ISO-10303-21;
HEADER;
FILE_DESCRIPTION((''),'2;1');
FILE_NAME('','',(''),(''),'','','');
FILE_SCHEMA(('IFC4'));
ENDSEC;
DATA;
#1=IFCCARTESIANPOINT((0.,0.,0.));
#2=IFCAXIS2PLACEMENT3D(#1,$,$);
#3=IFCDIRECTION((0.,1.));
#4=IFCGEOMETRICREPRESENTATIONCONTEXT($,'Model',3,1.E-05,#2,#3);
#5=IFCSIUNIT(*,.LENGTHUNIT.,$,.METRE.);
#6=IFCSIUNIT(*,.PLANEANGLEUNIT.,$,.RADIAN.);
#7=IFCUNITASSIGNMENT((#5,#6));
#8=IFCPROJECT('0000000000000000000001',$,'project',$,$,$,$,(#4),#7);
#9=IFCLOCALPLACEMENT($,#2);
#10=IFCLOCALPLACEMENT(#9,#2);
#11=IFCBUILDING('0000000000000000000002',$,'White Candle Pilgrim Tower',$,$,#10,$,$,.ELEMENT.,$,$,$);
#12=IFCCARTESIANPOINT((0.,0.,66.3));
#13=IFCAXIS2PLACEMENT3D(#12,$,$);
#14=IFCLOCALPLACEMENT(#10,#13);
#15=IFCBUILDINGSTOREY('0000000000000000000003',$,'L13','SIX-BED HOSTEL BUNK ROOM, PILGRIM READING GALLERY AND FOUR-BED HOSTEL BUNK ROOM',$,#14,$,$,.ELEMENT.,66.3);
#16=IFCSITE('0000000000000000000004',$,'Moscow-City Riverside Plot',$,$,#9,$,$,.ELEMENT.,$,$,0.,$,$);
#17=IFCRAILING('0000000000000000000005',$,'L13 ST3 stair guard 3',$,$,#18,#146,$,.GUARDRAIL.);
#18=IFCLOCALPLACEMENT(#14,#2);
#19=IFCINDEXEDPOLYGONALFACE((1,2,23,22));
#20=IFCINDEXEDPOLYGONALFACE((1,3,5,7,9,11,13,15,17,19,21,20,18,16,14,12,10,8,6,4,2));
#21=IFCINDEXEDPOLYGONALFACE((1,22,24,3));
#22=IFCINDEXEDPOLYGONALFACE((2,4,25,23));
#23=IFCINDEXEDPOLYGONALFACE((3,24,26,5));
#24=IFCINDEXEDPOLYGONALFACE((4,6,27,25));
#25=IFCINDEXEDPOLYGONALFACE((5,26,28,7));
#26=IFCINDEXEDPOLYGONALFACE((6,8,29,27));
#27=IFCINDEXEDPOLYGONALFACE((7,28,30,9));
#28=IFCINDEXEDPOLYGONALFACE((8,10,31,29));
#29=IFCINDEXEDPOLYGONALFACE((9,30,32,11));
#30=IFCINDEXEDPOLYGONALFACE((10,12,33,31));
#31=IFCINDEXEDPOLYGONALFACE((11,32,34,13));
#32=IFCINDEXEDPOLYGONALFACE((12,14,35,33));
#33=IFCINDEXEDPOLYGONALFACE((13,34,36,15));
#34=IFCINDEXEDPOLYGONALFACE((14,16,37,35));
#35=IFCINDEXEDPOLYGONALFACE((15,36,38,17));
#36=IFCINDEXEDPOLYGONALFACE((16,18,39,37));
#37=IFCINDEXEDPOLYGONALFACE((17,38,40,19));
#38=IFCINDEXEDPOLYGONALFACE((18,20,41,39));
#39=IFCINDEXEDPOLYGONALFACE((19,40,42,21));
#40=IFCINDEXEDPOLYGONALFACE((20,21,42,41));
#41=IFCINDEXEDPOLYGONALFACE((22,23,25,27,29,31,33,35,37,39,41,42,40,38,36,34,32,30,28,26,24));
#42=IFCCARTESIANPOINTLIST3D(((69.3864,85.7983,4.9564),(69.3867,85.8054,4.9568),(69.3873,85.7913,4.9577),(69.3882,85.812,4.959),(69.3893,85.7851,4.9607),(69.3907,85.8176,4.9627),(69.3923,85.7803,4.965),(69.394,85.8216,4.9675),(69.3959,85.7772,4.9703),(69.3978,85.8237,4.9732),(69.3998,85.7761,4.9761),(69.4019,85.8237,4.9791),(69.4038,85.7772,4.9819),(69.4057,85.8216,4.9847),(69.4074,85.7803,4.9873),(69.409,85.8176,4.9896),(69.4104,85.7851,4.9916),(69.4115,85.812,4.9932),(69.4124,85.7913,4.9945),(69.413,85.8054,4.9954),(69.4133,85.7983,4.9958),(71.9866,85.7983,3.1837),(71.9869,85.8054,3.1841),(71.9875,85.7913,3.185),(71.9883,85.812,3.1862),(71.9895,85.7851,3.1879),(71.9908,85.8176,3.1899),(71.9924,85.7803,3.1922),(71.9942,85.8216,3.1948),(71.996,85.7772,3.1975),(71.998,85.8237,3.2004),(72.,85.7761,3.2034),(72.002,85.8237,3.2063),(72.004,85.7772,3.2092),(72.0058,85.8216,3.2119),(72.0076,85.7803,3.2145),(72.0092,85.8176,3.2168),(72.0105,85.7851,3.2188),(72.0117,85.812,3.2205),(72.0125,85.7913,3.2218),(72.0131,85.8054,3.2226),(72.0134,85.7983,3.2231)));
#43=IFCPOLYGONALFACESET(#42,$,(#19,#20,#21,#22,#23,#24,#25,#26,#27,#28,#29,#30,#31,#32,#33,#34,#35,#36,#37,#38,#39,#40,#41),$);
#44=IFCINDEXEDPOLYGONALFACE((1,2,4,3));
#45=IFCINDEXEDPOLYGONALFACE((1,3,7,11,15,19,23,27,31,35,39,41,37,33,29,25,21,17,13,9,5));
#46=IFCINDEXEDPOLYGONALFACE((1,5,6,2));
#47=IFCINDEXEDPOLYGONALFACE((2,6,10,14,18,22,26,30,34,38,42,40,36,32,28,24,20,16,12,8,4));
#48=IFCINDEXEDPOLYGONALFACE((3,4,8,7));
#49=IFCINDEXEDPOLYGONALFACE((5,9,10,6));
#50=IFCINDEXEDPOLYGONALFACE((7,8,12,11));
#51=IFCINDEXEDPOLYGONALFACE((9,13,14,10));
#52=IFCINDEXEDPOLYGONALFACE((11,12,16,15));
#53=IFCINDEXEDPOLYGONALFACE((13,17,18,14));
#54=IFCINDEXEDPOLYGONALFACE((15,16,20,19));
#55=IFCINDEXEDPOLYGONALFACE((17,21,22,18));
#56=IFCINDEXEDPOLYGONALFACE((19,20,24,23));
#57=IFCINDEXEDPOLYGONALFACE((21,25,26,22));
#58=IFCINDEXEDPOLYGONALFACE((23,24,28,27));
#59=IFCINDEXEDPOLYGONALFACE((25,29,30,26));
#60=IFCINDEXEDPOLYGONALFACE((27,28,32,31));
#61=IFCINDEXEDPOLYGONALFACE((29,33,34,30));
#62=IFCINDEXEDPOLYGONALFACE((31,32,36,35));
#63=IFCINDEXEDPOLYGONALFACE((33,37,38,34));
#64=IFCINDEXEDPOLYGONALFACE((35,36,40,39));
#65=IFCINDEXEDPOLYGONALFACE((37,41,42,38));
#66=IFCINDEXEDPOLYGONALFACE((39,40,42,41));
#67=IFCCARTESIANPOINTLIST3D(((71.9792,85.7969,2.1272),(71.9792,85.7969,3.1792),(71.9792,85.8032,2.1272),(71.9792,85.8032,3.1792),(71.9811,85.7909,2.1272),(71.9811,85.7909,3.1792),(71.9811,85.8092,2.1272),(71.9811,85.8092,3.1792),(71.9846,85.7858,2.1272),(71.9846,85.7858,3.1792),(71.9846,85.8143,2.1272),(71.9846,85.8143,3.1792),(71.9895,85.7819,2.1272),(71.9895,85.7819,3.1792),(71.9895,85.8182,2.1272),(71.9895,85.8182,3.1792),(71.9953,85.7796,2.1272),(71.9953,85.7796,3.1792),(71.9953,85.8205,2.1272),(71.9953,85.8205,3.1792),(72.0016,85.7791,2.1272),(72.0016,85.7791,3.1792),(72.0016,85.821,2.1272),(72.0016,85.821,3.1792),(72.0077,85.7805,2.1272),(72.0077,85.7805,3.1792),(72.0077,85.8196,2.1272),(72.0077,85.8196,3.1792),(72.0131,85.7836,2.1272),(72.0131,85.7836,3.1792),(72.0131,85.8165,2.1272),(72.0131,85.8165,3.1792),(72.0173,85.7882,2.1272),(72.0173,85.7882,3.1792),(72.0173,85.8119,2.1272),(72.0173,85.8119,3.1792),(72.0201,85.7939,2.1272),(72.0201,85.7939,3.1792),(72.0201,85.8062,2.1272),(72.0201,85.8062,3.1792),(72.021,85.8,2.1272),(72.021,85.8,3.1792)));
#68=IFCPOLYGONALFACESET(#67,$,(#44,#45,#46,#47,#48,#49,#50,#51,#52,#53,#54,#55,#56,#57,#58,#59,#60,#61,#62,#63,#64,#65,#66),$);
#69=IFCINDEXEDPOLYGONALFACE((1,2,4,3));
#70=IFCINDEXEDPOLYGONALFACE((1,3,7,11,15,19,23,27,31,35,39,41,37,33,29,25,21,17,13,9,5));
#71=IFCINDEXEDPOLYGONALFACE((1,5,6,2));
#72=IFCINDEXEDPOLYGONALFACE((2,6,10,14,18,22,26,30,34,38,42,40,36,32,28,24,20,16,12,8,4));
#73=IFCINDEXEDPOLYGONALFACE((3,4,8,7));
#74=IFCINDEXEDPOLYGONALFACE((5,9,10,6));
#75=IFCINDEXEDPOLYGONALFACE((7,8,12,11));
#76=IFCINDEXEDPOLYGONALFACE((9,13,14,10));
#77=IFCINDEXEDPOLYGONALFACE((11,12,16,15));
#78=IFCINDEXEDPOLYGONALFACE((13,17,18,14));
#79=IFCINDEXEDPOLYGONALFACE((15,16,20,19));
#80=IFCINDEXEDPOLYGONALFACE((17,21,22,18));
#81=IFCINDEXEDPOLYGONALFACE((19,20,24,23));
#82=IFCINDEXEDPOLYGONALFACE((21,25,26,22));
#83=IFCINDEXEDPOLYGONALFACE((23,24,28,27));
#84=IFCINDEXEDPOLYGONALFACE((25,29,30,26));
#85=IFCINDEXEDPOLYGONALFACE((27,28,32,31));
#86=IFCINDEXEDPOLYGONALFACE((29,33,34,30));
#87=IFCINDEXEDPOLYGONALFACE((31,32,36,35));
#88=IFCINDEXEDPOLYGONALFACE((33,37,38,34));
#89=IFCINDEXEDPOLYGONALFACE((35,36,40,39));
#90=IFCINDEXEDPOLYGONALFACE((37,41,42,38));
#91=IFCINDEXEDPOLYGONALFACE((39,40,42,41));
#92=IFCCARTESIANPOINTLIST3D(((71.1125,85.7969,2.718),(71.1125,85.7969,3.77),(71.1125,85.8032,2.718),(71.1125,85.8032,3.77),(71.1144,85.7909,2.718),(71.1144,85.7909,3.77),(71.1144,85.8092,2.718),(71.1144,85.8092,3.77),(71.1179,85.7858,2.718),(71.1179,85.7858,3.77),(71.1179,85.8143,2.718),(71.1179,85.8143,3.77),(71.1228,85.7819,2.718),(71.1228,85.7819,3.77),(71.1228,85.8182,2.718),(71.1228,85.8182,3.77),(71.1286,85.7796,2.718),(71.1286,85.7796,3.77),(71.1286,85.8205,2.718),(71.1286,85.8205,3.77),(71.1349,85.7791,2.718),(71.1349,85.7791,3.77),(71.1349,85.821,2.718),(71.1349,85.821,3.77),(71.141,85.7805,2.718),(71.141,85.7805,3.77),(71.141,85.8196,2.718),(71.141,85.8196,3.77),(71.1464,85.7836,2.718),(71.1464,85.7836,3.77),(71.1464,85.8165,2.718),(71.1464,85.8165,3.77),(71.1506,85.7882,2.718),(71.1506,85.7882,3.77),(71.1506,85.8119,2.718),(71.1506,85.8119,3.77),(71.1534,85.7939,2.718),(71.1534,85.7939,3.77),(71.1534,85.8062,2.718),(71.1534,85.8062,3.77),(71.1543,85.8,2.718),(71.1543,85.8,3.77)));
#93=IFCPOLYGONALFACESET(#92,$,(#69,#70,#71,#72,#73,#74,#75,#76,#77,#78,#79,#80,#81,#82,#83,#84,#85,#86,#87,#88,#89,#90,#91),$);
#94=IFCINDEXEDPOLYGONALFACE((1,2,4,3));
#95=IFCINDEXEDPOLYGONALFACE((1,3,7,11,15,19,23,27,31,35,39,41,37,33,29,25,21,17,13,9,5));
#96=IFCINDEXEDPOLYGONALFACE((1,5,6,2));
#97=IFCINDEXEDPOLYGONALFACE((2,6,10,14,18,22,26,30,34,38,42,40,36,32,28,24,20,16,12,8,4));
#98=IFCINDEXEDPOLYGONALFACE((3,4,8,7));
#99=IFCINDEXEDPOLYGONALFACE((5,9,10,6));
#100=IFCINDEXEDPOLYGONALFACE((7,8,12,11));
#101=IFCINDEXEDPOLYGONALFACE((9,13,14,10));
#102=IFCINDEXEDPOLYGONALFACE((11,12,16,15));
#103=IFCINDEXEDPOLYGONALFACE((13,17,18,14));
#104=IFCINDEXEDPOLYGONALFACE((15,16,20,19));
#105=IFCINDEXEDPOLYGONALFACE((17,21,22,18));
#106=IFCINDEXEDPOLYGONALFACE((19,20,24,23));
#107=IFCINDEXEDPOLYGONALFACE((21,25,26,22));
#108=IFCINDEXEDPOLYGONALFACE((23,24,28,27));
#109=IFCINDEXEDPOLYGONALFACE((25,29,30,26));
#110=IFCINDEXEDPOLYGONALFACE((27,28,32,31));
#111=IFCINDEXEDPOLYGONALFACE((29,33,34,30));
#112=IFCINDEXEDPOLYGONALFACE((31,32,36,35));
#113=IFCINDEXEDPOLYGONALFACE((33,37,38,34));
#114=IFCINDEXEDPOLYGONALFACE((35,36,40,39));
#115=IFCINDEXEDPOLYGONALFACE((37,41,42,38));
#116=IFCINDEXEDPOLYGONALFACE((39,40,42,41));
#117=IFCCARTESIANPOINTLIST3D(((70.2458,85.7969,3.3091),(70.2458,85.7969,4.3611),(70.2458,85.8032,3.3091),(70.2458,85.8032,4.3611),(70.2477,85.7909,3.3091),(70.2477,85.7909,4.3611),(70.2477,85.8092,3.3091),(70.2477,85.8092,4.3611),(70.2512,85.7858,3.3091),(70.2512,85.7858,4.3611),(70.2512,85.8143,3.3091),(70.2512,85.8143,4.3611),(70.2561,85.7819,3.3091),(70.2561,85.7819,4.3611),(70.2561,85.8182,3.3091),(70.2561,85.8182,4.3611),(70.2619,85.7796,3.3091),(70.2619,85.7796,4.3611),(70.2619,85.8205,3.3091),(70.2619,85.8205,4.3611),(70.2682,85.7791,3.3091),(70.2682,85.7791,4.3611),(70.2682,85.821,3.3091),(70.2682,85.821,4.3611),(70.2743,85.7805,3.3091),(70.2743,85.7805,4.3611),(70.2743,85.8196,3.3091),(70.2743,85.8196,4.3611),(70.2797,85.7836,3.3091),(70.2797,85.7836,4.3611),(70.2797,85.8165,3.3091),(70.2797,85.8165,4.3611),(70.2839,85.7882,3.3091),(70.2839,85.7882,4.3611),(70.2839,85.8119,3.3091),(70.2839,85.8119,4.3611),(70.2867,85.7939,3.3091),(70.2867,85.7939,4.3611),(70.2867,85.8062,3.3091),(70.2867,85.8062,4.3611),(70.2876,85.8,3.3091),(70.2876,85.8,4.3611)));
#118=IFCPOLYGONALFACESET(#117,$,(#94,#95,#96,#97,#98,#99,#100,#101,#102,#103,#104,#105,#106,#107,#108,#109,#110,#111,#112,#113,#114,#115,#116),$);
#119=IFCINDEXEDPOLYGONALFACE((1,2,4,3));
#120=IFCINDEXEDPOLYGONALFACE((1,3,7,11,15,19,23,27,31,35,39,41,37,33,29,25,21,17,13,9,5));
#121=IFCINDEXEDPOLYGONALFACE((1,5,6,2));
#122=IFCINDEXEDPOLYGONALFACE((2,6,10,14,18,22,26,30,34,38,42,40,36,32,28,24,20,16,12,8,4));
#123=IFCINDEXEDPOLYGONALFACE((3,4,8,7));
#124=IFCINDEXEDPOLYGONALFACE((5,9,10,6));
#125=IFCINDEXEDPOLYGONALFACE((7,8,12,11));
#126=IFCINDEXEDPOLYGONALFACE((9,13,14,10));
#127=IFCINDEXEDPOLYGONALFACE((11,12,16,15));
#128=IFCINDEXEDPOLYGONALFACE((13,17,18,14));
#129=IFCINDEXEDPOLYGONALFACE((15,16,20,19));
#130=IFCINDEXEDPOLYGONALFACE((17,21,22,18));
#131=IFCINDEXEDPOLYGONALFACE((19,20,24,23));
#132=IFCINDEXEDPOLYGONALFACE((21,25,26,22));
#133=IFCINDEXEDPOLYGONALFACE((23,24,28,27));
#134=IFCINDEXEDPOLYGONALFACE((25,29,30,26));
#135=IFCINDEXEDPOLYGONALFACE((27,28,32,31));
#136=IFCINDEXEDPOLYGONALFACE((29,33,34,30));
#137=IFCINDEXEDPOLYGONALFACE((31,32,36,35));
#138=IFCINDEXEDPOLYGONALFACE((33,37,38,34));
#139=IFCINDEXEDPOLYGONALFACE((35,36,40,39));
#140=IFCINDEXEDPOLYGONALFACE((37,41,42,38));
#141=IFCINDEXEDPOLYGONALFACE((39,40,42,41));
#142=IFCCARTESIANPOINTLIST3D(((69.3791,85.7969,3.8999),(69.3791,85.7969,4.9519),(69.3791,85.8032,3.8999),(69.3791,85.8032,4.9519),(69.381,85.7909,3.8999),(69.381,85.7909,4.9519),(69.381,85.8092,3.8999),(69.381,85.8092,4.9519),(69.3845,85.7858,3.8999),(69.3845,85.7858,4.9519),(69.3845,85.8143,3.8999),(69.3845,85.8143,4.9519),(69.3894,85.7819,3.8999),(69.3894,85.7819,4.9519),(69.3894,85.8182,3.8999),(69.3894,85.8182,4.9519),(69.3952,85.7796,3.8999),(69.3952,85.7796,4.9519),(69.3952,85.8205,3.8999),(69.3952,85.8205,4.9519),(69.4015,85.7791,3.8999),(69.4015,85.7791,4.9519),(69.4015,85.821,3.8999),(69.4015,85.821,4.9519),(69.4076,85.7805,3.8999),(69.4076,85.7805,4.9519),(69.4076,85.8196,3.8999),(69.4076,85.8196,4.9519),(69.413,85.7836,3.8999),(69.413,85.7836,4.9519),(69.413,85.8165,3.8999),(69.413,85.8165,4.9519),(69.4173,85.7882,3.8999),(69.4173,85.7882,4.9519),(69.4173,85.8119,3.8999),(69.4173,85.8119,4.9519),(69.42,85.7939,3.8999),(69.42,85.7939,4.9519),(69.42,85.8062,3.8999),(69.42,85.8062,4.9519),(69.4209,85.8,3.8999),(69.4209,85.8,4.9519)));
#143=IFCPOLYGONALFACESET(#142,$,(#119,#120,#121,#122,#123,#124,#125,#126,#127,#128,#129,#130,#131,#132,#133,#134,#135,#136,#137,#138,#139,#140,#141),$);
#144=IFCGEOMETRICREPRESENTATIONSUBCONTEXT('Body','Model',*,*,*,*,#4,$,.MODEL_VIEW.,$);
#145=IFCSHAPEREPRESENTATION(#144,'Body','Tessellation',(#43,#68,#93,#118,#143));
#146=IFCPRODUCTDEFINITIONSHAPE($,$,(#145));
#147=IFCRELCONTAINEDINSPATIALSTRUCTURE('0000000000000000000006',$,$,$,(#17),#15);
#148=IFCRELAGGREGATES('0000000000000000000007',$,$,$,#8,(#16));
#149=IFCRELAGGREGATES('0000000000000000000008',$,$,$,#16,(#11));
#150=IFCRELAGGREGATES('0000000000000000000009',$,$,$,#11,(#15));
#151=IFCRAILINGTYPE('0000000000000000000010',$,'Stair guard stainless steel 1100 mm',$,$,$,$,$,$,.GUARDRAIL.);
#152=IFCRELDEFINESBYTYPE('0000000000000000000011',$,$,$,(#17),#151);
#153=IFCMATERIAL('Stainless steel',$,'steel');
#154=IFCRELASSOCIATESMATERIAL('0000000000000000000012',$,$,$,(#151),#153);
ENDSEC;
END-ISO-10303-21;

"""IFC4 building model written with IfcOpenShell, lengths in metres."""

from ifc_helpers import new_model, si_unit, direction, frame, origin, origin_2d, place, context, subcontext, project, spatial, circle, extrude, material, type_object, element, save


model = new_model("IFC4")

# Units and contexts
model_context = context("Model", 3, precision=1e-05, world=origin(), true_north=direction((0.0, 1.0)))
body_context = subcontext(model_context, "Body", "Model", "MODEL_VIEW")
ifc_project = project(units=[si_unit("LENGTHUNIT", "METRE"), si_unit("PLANEANGLEUNIT", "RADIAN")], contexts=[model_context])

# Site, building, storey
site_placement = place(None, origin())
site = spatial("IfcSite", under=ifc_project, at=site_placement, Name="Moscow-City Riverside Plot", CompositionType="ELEMENT", RefElevation=0.0)
building_placement = place(site_placement, origin())
building = spatial("IfcBuilding", under=site, at=building_placement, Name="White Candle Pilgrim Tower", CompositionType="ELEMENT")
storey_placement = place(building_placement, frame((0.0, 0.0, 66.3)))
storey = spatial("IfcBuildingStorey", under=building, at=storey_placement, Name="L13", Description="SIX-BED HOSTEL BUNK ROOM, PILGRIM READING GALLERY AND FOUR-BED HOSTEL BUNK ROOM", CompositionType="ELEMENT", Elevation=66.3)

# Railing
ifc_material_1 = material(Name="Stainless steel", Category="steel")
railing_type_1 = type_object("IfcRailingType", Name="Stair guard stainless steel 1100 mm", PredefinedType="GUARDRAIL", material=ifc_material_1)
railing_1_placement = place(storey_placement, frame((72.0, 85.8, 2.1272)))
element("IfcRailing", 1, at=railing_1_placement, inside=storey, type_object=railing_type_1, Name="L13 ST3 stair guard 3", PredefinedType="GUARDRAIL", context=body_context, shape_type="SweptSolid", body=[
    extrude(circle(Radius=0.0239, at=origin_2d()), frame((0.0, 0.0, 1.0762), z_axis=(-0.82624, 0.0, 0.563318), x_axis=(0.0, -1.0, 0.0)), (0.0, 0.0, 1.0), 3.147),
    extrude(circle(Radius=0.021, at=origin_2d()), origin(), (0.0, 0.0, 1.0), 1.052),
    extrude(circle(Radius=0.021, at=origin_2d()), frame((-0.8667, 0.0, 0.5908)), (0.0, 0.0, 1.0), 1.052),
    extrude(circle(Radius=0.021, at=origin_2d()), frame((-1.7334, 0.0, 1.1819)), (0.0, 0.0, 1.0), 1.052),
    extrude(circle(Radius=0.021, at=origin_2d()), frame((-2.6001, 0.0, 1.7727)), (0.0, 0.0, 1.0), 1.052),
])

save(model, "model.ifc")
